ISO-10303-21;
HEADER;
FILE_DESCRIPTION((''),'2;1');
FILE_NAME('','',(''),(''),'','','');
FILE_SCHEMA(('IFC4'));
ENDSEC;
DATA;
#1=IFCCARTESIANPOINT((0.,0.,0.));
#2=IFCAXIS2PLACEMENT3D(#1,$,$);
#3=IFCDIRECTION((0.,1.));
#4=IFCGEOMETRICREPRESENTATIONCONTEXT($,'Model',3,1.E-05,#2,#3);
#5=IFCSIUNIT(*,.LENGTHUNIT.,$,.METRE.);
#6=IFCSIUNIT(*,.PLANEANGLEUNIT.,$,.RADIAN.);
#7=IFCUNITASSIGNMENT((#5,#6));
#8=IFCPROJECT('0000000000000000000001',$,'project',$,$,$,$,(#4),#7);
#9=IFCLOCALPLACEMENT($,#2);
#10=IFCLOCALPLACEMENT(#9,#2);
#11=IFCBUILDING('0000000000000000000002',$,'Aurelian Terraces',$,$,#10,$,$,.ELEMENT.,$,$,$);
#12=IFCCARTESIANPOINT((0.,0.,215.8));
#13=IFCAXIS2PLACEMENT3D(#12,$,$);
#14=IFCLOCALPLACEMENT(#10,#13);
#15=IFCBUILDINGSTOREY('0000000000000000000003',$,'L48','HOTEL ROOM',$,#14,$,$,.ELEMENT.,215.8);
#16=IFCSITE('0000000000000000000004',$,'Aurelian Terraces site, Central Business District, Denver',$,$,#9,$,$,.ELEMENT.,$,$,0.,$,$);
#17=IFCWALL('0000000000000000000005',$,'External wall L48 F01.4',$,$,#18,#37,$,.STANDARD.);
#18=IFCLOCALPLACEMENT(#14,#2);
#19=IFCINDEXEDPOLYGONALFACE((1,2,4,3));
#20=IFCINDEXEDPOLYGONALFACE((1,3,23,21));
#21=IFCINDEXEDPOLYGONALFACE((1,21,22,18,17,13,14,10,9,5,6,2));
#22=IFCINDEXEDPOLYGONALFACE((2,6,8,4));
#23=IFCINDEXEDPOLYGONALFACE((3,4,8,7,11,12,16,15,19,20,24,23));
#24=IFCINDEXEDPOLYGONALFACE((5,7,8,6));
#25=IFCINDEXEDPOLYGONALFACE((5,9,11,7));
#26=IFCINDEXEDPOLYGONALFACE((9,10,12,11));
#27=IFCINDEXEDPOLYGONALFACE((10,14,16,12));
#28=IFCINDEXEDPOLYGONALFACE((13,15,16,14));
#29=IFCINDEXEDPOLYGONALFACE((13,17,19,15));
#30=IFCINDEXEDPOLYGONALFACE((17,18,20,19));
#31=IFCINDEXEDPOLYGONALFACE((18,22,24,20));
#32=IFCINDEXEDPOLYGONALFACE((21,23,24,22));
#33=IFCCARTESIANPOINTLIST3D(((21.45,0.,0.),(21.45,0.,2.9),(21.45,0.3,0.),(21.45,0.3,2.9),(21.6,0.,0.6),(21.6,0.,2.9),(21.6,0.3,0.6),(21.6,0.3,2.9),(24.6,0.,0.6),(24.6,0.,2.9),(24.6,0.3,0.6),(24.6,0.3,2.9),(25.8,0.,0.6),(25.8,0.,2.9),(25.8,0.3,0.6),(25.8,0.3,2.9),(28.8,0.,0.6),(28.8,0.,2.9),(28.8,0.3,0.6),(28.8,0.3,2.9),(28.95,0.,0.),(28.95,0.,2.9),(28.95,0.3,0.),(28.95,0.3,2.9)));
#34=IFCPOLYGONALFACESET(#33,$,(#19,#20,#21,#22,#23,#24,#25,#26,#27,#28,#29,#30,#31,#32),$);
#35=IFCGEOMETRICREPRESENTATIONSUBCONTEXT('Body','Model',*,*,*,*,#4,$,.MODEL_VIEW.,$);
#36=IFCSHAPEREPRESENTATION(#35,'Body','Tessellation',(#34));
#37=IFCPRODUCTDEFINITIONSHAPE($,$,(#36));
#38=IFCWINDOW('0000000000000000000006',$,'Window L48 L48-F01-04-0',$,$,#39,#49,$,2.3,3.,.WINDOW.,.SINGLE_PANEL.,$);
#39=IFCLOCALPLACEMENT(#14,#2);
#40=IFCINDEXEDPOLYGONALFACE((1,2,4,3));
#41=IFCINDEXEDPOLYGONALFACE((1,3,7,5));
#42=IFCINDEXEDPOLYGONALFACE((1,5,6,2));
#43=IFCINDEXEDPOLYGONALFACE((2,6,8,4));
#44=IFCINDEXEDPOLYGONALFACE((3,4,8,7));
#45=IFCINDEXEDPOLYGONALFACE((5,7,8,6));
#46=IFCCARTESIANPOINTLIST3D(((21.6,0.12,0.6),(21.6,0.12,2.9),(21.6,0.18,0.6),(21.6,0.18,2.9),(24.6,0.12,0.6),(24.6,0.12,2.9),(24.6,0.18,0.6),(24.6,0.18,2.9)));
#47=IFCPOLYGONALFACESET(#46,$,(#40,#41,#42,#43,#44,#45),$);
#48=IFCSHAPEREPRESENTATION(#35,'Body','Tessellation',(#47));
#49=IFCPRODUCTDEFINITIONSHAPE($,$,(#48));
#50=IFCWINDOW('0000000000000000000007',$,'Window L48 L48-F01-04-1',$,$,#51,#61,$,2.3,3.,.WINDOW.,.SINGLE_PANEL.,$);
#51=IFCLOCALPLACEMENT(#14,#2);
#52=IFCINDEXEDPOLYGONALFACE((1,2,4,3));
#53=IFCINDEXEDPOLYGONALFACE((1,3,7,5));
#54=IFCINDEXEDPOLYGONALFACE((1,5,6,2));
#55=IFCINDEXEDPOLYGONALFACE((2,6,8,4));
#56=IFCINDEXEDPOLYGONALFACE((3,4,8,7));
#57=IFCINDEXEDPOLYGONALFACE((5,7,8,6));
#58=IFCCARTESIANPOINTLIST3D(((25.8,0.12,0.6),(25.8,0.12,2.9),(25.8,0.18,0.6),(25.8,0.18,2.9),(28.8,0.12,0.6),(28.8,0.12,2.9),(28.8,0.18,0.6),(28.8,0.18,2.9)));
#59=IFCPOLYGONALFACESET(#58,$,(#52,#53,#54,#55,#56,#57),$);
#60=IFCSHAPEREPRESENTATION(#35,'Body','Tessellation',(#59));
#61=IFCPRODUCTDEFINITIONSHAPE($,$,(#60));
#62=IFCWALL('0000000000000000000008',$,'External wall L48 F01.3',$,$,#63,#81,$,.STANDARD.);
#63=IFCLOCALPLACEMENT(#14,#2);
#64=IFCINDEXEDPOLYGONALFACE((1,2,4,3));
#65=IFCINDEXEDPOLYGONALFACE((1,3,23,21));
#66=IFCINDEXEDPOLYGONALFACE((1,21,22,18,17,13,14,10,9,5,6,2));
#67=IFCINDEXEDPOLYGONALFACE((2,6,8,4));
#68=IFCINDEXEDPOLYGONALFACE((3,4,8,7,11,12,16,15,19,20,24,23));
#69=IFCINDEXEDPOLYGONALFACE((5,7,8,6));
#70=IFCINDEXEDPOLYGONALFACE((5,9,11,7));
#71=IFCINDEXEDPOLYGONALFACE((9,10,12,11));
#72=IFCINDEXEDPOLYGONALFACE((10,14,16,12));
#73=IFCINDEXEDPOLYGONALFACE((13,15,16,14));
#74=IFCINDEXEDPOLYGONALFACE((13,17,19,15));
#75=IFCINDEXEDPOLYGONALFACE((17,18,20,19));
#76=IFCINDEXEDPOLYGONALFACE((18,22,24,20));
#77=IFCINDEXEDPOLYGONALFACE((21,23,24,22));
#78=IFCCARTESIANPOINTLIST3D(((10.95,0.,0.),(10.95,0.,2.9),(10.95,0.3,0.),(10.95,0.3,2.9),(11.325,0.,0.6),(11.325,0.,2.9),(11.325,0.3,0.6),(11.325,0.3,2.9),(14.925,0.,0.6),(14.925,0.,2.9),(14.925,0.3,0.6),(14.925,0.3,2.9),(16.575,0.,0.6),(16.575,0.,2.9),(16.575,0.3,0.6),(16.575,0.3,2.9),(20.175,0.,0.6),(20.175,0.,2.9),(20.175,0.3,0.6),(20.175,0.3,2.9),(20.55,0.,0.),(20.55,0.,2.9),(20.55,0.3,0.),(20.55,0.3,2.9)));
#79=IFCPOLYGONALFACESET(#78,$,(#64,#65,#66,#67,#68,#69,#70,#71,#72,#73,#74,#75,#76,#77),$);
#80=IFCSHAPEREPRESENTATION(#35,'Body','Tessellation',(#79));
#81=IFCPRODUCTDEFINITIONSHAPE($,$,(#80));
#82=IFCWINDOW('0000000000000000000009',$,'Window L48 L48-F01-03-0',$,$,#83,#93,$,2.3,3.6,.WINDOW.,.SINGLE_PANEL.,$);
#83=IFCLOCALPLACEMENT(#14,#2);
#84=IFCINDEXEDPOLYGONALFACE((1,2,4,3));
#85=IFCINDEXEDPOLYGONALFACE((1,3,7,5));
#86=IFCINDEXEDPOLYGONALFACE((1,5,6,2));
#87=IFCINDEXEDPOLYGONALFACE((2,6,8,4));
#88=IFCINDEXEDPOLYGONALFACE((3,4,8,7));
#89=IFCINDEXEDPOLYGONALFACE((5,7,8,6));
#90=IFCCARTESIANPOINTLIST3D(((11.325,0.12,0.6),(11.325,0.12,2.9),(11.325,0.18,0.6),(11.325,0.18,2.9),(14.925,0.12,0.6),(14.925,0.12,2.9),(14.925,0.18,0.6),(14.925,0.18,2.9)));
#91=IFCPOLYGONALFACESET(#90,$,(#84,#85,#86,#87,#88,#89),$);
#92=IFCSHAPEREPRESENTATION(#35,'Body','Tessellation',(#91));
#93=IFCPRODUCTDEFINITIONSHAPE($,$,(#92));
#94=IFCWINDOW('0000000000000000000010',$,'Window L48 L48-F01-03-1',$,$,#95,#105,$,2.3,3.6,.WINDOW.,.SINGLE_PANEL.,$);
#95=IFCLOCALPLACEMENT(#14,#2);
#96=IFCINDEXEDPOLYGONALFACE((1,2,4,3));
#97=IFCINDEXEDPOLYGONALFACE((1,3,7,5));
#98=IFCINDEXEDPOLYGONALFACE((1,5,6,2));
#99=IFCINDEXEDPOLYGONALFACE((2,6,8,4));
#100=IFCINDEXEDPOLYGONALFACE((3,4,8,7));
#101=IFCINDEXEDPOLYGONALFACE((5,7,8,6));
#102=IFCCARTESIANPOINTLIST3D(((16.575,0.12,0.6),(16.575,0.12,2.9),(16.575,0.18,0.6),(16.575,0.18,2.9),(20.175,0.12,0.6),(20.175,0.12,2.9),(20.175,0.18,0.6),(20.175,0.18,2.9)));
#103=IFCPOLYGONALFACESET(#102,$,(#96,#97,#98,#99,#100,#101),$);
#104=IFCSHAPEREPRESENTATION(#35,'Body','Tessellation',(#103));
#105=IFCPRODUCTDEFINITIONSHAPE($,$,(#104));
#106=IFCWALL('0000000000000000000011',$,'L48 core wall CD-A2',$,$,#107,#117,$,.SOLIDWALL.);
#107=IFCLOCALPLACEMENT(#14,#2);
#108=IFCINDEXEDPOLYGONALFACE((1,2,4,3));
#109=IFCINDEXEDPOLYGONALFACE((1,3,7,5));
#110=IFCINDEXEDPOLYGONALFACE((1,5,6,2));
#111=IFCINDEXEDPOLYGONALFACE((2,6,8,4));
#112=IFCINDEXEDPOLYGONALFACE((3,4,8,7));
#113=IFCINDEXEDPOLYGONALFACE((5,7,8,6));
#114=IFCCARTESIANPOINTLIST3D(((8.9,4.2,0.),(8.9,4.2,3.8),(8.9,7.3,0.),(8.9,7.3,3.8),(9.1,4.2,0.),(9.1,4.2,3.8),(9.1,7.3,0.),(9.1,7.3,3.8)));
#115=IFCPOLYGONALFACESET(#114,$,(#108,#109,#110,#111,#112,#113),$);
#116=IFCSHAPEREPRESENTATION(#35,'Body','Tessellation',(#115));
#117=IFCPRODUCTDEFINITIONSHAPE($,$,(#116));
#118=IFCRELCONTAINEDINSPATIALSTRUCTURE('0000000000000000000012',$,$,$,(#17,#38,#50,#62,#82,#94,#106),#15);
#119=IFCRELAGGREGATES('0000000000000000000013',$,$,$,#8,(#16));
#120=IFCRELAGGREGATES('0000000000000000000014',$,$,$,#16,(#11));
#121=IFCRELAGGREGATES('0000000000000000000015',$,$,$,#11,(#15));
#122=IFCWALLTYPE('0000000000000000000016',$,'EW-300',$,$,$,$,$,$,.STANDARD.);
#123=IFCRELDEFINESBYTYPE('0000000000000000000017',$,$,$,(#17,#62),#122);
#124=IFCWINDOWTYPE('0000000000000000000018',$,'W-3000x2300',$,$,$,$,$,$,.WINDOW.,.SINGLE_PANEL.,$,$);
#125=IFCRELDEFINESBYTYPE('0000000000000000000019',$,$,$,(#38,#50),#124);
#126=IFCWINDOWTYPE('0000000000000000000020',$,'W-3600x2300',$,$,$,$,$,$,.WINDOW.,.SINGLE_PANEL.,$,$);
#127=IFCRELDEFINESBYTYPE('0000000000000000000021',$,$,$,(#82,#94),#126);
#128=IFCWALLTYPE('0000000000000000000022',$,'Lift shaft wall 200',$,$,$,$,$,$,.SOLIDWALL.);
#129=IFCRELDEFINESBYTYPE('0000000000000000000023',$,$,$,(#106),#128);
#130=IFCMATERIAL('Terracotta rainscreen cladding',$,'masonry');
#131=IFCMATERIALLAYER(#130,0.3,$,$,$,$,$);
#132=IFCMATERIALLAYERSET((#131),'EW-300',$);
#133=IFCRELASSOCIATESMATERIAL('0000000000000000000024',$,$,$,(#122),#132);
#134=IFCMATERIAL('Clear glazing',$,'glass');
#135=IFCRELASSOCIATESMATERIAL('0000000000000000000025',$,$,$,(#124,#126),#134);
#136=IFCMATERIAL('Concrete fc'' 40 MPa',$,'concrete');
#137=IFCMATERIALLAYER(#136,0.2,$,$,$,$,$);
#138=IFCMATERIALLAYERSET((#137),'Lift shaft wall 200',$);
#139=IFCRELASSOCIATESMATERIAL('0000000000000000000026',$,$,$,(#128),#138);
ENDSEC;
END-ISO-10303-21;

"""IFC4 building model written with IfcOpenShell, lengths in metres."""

from ifc_helpers import new_model, si_unit, direction, frame, frame_2d, origin, place, context, subcontext, project, spatial, rectangle, extrude, source, transform, mapped, material, layer, layer_set, type_object, element, fill, save


model = new_model("IFC4")

# Units and contexts
model_context = context("Model", 3, precision=1e-05, world=origin(), true_north=direction((0.0, 1.0)))
body_context = subcontext(model_context, "Body", "Model", "MODEL_VIEW")
ifc_project = project(units=[si_unit("LENGTHUNIT", "METRE"), si_unit("PLANEANGLEUNIT", "RADIAN")], contexts=[model_context])

# Site, building, storey
site_placement = place(None, origin())
site = spatial("IfcSite", under=ifc_project, at=site_placement, Name="Aurelian Terraces site, Central Business District, Denver", CompositionType="ELEMENT", RefElevation=0.0)
building_placement = place(site_placement, origin())
building = spatial("IfcBuilding", under=site, at=building_placement, Name="Aurelian Terraces", CompositionType="ELEMENT")
storey_placement = place(building_placement, frame((0.0, 0.0, 215.8)))
storey = spatial("IfcBuildingStorey", under=building, at=storey_placement, Name="L48", Description="HOTEL ROOM", CompositionType="ELEMENT", Elevation=215.8)

# Shared definitions
ifc_material_1 = material(Name="Concrete fc' 40 MPa", Category="concrete")

# Shared definitions
ifc_material_2 = material(Name="Terracotta rainscreen cladding", Category="masonry")
ifc_layer_1 = layer(ifc_material_2, 0.3)
ifc_layer_set_1 = layer_set([ifc_layer_1], Name="EW-300")
wall_type_1 = type_object("IfcWallType", Name="EW-300", PredefinedType="STANDARD", material=ifc_layer_set_1)
ifc_material_3 = material(Name="Clear glazing", Category="glass")

# Walls, openings, windows
shared_shape_1 = source(origin(), body_context, "Body", "SweptSolid", [
    extrude(rectangle(XDim=7.5, YDim=0.3, at=frame_2d((3.75, 0.0))), origin(), (0.0, 0.0, 1.0), 2.9),
])
wall_1_placement = place(storey_placement, frame((21.45, 0.15, 0.0), z_axis=(0.0, 0.0, 1.0), x_axis=(1.0, 0.0, 0.0)))
wall_1 = element("IfcWall", 1, at=wall_1_placement, inside=storey, type_object=wall_type_1, Name="External wall L48 F01.4", PredefinedType="STANDARD", context=body_context, shape_type="MappedRepresentation", body=[
    mapped(shared_shape_1, transform((0.0, 0.0, 0.0), scale=1.0)),
])
shared_shape_2 = source(origin(), body_context, "Body", "SweptSolid", [
    extrude(rectangle(XDim=3.0, YDim=2.3, at=frame_2d((1.5, 1.15))), frame((0.0, 0.16, 0.0), z_axis=(0.0, -1.0, 0.0), x_axis=(1.0, 0.0, 0.0)), (0.0, 0.0, 1.0), 0.32),
])
opening_1_placement = place(wall_1_placement, frame((0.15, 0.0, 0.6)))
opening_1 = element("IfcOpeningElement", 2, at=opening_1_placement, cuts=wall_1, PredefinedType="OPENING", context=body_context, shape_type="MappedRepresentation", body=[
    mapped(shared_shape_2, transform((0.0, 0.0, 0.0), scale=1.0)),
])
opening_2_placement = place(wall_1_placement, frame((4.35, 0.0, 0.6)))
opening_2 = element("IfcOpeningElement", 3, at=opening_2_placement, cuts=wall_1, PredefinedType="OPENING", context=body_context, shape_type="MappedRepresentation", body=[
    mapped(shared_shape_2, transform((0.0, 0.0, 0.0), scale=1.0)),
])
window_type_1 = type_object("IfcWindowType", Name="W-3000x2300", PartitioningType="SINGLE_PANEL", PredefinedType="WINDOW", material=ifc_material_3)
shared_shape_3 = source(origin(), body_context, "Body", "SweptSolid", [
    extrude(rectangle(XDim=3.0, YDim=2.3, at=frame_2d((1.5, 1.15))), frame((0.0, 0.03, 0.0), z_axis=(0.0, -1.0, 0.0), x_axis=(1.0, 0.0, 0.0)), (0.0, 0.0, 1.0), 0.06),
])
window_1_placement = place(opening_1_placement, origin())
window_1 = element("IfcWindow", 4, at=window_1_placement, inside=storey, type_object=window_type_1, Name="Window L48 L48-F01-04-0", OverallHeight=2.3, OverallWidth=3.0, PartitioningType="SINGLE_PANEL", PredefinedType="WINDOW", context=body_context, shape_type="MappedRepresentation", body=[
    mapped(shared_shape_3, transform((0.0, 0.0, 0.0), scale=1.0)),
])
fill(opening_1, window_1)
window_2_placement = place(opening_2_placement, origin())
window_2 = element("IfcWindow", 5, at=window_2_placement, inside=storey, type_object=window_type_1, Name="Window L48 L48-F01-04-1", OverallHeight=2.3, OverallWidth=3.0, PartitioningType="SINGLE_PANEL", PredefinedType="WINDOW", context=body_context, shape_type="MappedRepresentation", body=[
    mapped(shared_shape_3, transform((0.0, 0.0, 0.0), scale=1.0)),
])
fill(opening_2, window_2)
shared_shape_4 = source(origin(), body_context, "Body", "SweptSolid", [
    extrude(rectangle(XDim=9.6, YDim=0.3, at=frame_2d((4.8, 0.0))), origin(), (0.0, 0.0, 1.0), 2.9),
])
wall_2_placement = place(storey_placement, frame((10.95, 0.15, 0.0), z_axis=(0.0, 0.0, 1.0), x_axis=(1.0, 0.0, 0.0)))
wall_2 = element("IfcWall", 6, at=wall_2_placement, inside=storey, type_object=wall_type_1, Name="External wall L48 F01.3", PredefinedType="STANDARD", context=body_context, shape_type="MappedRepresentation", body=[
    mapped(shared_shape_4, transform((0.0, 0.0, 0.0), scale=1.0)),
])
shared_shape_5 = source(origin(), body_context, "Body", "SweptSolid", [
    extrude(rectangle(XDim=3.6, YDim=2.3, at=frame_2d((1.8, 1.15))), frame((0.0, 0.16, 0.0), z_axis=(0.0, -1.0, 0.0), x_axis=(1.0, 0.0, 0.0)), (0.0, 0.0, 1.0), 0.32),
])
opening_3_placement = place(wall_2_placement, frame((0.375, 0.0, 0.6)))
opening_3 = element("IfcOpeningElement", 7, at=opening_3_placement, cuts=wall_2, PredefinedType="OPENING", context=body_context, shape_type="MappedRepresentation", body=[
    mapped(shared_shape_5, transform((0.0, 0.0, 0.0), scale=1.0)),
])
opening_4_placement = place(wall_2_placement, frame((5.625, 0.0, 0.6)))
opening_4 = element("IfcOpeningElement", 8, at=opening_4_placement, cuts=wall_2, PredefinedType="OPENING", context=body_context, shape_type="MappedRepresentation", body=[
    mapped(shared_shape_5, transform((0.0, 0.0, 0.0), scale=1.0)),
])
window_type_2 = type_object("IfcWindowType", Name="W-3600x2300", PartitioningType="SINGLE_PANEL", PredefinedType="WINDOW", material=ifc_material_3)
shared_shape_6 = source(origin(), body_context, "Body", "SweptSolid", [
    extrude(rectangle(XDim=3.6, YDim=2.3, at=frame_2d((1.8, 1.15))), frame((0.0, 0.03, 0.0), z_axis=(0.0, -1.0, 0.0), x_axis=(1.0, 0.0, 0.0)), (0.0, 0.0, 1.0), 0.06),
])
window_3_placement = place(opening_3_placement, origin())
window_3 = element("IfcWindow", 9, at=window_3_placement, inside=storey, type_object=window_type_2, Name="Window L48 L48-F01-03-0", OverallHeight=2.3, OverallWidth=3.6, PartitioningType="SINGLE_PANEL", PredefinedType="WINDOW", context=body_context, shape_type="MappedRepresentation", body=[
    mapped(shared_shape_6, transform((0.0, 0.0, 0.0), scale=1.0)),
])
fill(opening_3, window_3)
window_4_placement = place(opening_4_placement, origin())
window_4 = element("IfcWindow", 10, at=window_4_placement, inside=storey, type_object=window_type_2, Name="Window L48 L48-F01-03-1", OverallHeight=2.3, OverallWidth=3.6, PartitioningType="SINGLE_PANEL", PredefinedType="WINDOW", context=body_context, shape_type="MappedRepresentation", body=[
    mapped(shared_shape_6, transform((0.0, 0.0, 0.0), scale=1.0)),
])
fill(opening_4, window_4)

# Wall
ifc_layer_2 = layer(ifc_material_1, 0.2)
ifc_layer_set_2 = layer_set([ifc_layer_2], Name="Lift shaft wall 200")
wall_type_2 = type_object("IfcWallType", Name="Lift shaft wall 200", PredefinedType="SOLIDWALL", material=ifc_layer_set_2)
shared_shape_7 = source(origin(), body_context, "Body", "SweptSolid", [
    extrude(rectangle(XDim=3.1, YDim=0.2, at=frame_2d((1.55, 0.0))), origin(), (0.0, 0.0, 1.0), 3.8),
])
wall_3_placement = place(storey_placement, frame((9.0, 4.2, 0.0), z_axis=(0.0, 0.0, 1.0), x_axis=(0.0, 1.0, 0.0)))
element("IfcWall", 11, at=wall_3_placement, inside=storey, type_object=wall_type_2, Name="L48 core wall CD-A2", PredefinedType="SOLIDWALL", context=body_context, shape_type="MappedRepresentation", body=[
    mapped(shared_shape_7, transform((0.0, 0.0, 0.0), scale=1.0)),
])

save(model, "model.ifc")
